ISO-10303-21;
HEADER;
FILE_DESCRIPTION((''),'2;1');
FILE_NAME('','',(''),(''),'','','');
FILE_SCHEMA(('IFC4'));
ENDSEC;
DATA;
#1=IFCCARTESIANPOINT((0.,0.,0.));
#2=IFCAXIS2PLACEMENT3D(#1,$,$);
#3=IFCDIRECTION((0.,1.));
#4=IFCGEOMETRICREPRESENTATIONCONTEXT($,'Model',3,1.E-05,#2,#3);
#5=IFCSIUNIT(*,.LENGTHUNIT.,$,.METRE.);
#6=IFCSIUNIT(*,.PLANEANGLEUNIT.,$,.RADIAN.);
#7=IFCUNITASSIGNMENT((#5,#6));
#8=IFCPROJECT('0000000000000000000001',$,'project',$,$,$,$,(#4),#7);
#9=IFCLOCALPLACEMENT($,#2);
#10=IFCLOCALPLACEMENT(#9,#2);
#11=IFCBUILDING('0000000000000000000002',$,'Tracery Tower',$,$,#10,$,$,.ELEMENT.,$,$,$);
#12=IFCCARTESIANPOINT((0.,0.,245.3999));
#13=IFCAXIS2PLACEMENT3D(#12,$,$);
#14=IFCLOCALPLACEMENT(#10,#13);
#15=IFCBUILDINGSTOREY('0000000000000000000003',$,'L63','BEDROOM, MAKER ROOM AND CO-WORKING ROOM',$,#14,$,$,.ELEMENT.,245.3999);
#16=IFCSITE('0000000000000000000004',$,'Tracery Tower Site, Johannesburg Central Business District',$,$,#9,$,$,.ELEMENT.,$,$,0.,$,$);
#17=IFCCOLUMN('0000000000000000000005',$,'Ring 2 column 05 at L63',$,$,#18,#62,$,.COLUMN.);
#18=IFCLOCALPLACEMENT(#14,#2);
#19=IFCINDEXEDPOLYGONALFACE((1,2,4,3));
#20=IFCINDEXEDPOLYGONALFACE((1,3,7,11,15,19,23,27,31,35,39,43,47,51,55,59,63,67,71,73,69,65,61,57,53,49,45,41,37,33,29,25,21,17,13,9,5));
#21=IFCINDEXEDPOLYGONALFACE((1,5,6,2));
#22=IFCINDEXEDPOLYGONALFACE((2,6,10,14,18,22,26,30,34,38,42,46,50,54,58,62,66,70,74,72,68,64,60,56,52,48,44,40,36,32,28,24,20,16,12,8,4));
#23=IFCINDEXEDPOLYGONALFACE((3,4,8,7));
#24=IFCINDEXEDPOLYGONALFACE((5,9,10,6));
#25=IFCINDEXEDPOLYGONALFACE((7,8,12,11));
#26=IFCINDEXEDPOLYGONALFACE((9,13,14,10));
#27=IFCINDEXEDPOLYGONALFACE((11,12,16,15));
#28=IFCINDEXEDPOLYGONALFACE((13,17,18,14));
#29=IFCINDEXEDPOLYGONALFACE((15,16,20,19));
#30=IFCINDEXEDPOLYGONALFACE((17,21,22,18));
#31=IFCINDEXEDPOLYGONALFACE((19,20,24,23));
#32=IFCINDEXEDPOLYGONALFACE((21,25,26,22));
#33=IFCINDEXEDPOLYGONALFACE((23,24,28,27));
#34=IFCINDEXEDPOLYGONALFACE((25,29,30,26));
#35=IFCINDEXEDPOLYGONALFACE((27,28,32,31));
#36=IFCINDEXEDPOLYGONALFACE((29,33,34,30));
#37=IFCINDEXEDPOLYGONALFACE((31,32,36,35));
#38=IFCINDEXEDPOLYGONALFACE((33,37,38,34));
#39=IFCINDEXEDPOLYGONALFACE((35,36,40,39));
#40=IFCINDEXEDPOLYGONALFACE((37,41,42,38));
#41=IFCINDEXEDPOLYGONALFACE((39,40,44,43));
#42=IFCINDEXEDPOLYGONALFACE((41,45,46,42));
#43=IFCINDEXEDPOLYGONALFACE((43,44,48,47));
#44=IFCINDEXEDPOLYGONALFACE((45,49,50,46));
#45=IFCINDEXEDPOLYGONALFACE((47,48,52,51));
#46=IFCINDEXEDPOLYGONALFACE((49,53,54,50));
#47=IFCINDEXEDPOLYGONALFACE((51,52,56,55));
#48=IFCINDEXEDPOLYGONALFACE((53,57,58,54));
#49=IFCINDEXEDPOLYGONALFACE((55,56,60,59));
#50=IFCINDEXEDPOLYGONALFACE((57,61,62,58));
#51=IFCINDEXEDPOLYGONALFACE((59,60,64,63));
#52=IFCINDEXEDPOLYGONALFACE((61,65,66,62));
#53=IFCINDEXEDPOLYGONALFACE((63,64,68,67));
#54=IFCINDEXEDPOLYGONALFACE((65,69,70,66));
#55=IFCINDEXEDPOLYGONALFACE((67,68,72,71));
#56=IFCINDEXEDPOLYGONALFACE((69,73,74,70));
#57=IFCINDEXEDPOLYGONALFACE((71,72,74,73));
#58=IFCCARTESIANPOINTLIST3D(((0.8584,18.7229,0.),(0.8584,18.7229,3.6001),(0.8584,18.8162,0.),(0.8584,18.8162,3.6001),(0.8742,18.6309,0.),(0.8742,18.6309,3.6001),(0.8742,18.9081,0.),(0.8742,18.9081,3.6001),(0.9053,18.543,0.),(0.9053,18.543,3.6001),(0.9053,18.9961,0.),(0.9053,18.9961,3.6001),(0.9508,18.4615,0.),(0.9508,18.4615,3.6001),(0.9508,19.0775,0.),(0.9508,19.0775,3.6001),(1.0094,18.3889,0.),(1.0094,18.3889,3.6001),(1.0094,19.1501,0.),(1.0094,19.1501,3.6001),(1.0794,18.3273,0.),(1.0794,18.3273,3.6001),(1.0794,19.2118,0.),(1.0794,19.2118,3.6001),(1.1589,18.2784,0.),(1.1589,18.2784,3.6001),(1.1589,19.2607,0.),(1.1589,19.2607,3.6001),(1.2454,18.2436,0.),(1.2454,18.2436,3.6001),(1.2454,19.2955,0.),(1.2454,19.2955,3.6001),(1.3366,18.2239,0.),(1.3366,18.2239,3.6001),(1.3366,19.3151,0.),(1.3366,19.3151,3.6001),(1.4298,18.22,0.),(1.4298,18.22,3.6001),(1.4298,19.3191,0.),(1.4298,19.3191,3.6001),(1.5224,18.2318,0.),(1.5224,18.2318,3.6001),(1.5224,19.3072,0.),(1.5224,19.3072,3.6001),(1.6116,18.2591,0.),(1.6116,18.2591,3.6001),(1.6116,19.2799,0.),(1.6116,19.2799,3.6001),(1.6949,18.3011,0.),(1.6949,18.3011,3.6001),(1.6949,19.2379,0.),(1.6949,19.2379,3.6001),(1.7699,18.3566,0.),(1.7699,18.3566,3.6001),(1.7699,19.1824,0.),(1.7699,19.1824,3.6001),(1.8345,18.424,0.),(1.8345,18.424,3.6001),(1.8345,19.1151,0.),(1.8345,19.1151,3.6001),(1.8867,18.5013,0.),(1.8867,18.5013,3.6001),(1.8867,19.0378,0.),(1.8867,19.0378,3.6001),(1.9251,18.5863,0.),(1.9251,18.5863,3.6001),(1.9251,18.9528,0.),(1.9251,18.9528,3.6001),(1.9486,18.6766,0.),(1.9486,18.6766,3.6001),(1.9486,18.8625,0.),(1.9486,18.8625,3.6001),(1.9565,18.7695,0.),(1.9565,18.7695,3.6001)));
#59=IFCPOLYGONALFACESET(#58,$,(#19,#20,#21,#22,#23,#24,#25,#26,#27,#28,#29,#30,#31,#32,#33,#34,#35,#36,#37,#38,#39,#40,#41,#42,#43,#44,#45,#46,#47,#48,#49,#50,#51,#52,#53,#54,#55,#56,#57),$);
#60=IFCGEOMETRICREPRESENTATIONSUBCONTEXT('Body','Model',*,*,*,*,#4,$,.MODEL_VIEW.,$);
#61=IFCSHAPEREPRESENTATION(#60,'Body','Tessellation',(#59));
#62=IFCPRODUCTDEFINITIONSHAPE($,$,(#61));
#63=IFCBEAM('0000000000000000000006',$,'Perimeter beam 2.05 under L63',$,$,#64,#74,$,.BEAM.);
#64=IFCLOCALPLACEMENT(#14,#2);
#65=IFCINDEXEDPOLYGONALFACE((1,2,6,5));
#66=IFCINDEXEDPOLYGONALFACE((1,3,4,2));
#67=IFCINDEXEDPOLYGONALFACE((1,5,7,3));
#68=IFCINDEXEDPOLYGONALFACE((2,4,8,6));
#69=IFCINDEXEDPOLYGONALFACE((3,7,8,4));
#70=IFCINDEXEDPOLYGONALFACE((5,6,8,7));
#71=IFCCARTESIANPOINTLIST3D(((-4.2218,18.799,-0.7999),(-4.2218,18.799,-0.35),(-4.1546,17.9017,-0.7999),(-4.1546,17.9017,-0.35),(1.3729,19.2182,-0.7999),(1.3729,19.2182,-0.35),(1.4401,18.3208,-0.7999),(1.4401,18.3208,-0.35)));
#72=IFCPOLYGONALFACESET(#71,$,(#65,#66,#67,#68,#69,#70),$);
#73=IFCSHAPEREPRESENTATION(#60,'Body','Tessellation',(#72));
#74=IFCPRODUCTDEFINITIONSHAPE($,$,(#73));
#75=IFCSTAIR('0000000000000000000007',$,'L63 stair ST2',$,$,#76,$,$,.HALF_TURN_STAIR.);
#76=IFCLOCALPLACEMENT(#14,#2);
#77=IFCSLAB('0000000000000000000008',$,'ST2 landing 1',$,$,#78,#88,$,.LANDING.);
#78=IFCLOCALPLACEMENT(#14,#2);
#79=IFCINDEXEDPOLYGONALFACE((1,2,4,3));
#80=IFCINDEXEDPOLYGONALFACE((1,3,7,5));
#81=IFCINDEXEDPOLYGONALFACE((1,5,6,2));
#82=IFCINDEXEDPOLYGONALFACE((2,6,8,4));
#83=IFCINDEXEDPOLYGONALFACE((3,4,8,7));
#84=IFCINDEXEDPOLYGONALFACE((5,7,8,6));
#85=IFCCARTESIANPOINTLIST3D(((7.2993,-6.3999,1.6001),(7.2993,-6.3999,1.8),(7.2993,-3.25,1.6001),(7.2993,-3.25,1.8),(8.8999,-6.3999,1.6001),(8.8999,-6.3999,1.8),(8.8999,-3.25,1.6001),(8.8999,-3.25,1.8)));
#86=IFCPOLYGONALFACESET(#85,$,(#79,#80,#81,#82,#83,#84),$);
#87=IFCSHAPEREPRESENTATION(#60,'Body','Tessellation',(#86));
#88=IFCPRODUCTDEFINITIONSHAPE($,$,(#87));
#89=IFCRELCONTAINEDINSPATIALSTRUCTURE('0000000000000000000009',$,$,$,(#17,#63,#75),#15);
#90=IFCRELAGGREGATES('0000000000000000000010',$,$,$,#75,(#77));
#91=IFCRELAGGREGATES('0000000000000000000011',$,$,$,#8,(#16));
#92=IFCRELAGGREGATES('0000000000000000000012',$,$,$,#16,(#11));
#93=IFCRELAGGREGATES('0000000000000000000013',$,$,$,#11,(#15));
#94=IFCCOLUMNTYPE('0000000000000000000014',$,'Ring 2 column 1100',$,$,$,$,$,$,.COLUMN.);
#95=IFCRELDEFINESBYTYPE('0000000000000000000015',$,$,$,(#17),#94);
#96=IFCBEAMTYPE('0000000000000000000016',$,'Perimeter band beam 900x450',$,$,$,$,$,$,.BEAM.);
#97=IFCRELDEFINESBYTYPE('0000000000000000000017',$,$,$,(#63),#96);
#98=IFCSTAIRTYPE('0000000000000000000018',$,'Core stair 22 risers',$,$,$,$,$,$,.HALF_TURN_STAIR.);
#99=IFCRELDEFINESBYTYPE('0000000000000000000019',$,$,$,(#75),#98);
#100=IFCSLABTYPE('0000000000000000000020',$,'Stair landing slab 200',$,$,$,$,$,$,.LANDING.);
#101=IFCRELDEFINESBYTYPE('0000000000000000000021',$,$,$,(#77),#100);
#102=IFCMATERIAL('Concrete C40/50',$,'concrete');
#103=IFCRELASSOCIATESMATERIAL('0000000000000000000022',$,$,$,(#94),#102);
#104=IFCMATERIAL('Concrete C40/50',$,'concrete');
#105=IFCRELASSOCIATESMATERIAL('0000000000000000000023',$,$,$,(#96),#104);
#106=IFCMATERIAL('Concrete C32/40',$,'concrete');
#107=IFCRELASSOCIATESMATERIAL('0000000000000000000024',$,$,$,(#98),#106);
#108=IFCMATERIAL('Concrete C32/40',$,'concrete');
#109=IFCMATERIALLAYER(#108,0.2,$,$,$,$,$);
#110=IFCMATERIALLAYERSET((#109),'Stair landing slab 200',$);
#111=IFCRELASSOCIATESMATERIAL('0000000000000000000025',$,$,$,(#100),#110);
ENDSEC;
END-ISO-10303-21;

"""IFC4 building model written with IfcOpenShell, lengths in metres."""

from ifc_helpers import new_model, si_unit, direction, frame, origin, origin_2d, place, context, subcontext, project, spatial, polyline, rectangle, circle, outline, extrude, material, layer, layer_set, material_profile, profile_set, type_object, element, aggregate, save


model = new_model("IFC4")

# Units and contexts
model_context = context("Model", 3, precision=1e-05, world=origin(), true_north=direction((0.0, 1.0)))
body_context = subcontext(model_context, "Body", "Model", "MODEL_VIEW")
ifc_project = project(units=[si_unit("LENGTHUNIT", "METRE"), si_unit("PLANEANGLEUNIT", "RADIAN")], contexts=[model_context])

# Site, building, storey
site_placement = place(None, origin())
site = spatial("IfcSite", under=ifc_project, at=site_placement, Name="Tracery Tower Site, Johannesburg Central Business District", CompositionType="ELEMENT", RefElevation=0.0)
building_placement = place(site_placement, origin())
building = spatial("IfcBuilding", under=site, at=building_placement, Name="Tracery Tower", CompositionType="ELEMENT")
storey_placement = place(building_placement, frame((0.0, 0.0, 245.3999)))
storey = spatial("IfcBuildingStorey", under=building, at=storey_placement, Name="L63", Description="BEDROOM, MAKER ROOM AND CO-WORKING ROOM", CompositionType="ELEMENT", Elevation=245.3999)

# Column
ifc_material_1 = material(Name="Concrete C40/50", Category="concrete")
ifc_material_profile_1 = material_profile(ifc_material_1, circle(Radius=0.55, at=origin_2d()), Name="RC D1100")
ifc_profile_set_1 = profile_set([ifc_material_profile_1], Name="Concrete C40/50")
column_type = type_object("IfcColumnType", Name="Ring 2 column 1100", PredefinedType="COLUMN", material=ifc_profile_set_1)
column_placement = place(storey_placement, frame((1.4065, 18.7695, 0.0), z_axis=(0.0, 0.0, 1.0), x_axis=(1.0, 0.0, 0.0)))
element("IfcColumn", 1, at=column_placement, inside=storey, type_object=column_type, Name="Ring 2 column 05 at L63", PredefinedType="COLUMN", context=body_context, shape_type="SweptSolid", body=[
    extrude(circle(Radius=0.55, at=origin_2d()), origin(), (0.0, 0.0, 1.0), 3.6001),
])

# Beam
ifc_material_2 = material(Name="Concrete C40/50", Category="concrete")
ifc_material_profile_2 = material_profile(ifc_material_2, rectangle(XDim=0.8999, YDim=0.45, at=origin_2d()), Name="RC 900x450")
ifc_profile_set_2 = profile_set([ifc_material_profile_2], Name="Concrete C40/50")
beam_type = type_object("IfcBeamType", Name="Perimeter band beam 900x450", PredefinedType="BEAM", material=ifc_profile_set_2)
beam_placement = place(storey_placement, frame((1.4065, 18.7695, -0.575), z_axis=(-0.997205, -0.074716, 0.0), x_axis=(0.074716, -0.997205, 0.0)))
element("IfcBeam", 2, at=beam_placement, inside=storey, type_object=beam_type, Name="Perimeter beam 2.05 under L63", PredefinedType="BEAM", context=body_context, shape_type="SweptSolid", body=[
    extrude(rectangle(XDim=0.8999, YDim=0.45, at=origin_2d()), origin(), (0.0, 0.0, 1.0), 5.6104),
])

# Stair, slab
ifc_material_3 = material(Name="Concrete C32/40", Category="concrete")
stair_type = type_object("IfcStairType", Name="Core stair 22 risers", PredefinedType="HALF_TURN_STAIR", material=ifc_material_3)
stair_placement = place(storey_placement, origin())
stair = element("IfcStair", 3, at=stair_placement, inside=storey, type_object=stair_type, Name="L63 stair ST2", PredefinedType="HALF_TURN_STAIR")
ifc_material_4 = material(Name="Concrete C32/40", Category="concrete")
ifc_layer_1 = layer(ifc_material_4, 0.2)
ifc_layer_set_1 = layer_set([ifc_layer_1], Name="Stair landing slab 200")
slab_type = type_object("IfcSlabType", Name="Stair landing slab 200", PredefinedType="LANDING", material=ifc_layer_set_1)
slab_placement = place(storey_placement, frame((0.0, 0.0, 1.6001)))
slab = element("IfcSlab", 4, at=slab_placement, type_object=slab_type, Name="ST2 landing 1", PredefinedType="LANDING", context=body_context, shape_type="SweptSolid", body=[
    extrude(outline(polyline([(7.2993, -6.3999), (8.8999, -6.3999), (8.8999, -3.25), (7.2993, -3.25), (7.2993, -6.3999)])), origin(), (0.0, 0.0, 1.0), 0.2),
])
aggregate(stair, [slab])

save(model, "model.ifc")
